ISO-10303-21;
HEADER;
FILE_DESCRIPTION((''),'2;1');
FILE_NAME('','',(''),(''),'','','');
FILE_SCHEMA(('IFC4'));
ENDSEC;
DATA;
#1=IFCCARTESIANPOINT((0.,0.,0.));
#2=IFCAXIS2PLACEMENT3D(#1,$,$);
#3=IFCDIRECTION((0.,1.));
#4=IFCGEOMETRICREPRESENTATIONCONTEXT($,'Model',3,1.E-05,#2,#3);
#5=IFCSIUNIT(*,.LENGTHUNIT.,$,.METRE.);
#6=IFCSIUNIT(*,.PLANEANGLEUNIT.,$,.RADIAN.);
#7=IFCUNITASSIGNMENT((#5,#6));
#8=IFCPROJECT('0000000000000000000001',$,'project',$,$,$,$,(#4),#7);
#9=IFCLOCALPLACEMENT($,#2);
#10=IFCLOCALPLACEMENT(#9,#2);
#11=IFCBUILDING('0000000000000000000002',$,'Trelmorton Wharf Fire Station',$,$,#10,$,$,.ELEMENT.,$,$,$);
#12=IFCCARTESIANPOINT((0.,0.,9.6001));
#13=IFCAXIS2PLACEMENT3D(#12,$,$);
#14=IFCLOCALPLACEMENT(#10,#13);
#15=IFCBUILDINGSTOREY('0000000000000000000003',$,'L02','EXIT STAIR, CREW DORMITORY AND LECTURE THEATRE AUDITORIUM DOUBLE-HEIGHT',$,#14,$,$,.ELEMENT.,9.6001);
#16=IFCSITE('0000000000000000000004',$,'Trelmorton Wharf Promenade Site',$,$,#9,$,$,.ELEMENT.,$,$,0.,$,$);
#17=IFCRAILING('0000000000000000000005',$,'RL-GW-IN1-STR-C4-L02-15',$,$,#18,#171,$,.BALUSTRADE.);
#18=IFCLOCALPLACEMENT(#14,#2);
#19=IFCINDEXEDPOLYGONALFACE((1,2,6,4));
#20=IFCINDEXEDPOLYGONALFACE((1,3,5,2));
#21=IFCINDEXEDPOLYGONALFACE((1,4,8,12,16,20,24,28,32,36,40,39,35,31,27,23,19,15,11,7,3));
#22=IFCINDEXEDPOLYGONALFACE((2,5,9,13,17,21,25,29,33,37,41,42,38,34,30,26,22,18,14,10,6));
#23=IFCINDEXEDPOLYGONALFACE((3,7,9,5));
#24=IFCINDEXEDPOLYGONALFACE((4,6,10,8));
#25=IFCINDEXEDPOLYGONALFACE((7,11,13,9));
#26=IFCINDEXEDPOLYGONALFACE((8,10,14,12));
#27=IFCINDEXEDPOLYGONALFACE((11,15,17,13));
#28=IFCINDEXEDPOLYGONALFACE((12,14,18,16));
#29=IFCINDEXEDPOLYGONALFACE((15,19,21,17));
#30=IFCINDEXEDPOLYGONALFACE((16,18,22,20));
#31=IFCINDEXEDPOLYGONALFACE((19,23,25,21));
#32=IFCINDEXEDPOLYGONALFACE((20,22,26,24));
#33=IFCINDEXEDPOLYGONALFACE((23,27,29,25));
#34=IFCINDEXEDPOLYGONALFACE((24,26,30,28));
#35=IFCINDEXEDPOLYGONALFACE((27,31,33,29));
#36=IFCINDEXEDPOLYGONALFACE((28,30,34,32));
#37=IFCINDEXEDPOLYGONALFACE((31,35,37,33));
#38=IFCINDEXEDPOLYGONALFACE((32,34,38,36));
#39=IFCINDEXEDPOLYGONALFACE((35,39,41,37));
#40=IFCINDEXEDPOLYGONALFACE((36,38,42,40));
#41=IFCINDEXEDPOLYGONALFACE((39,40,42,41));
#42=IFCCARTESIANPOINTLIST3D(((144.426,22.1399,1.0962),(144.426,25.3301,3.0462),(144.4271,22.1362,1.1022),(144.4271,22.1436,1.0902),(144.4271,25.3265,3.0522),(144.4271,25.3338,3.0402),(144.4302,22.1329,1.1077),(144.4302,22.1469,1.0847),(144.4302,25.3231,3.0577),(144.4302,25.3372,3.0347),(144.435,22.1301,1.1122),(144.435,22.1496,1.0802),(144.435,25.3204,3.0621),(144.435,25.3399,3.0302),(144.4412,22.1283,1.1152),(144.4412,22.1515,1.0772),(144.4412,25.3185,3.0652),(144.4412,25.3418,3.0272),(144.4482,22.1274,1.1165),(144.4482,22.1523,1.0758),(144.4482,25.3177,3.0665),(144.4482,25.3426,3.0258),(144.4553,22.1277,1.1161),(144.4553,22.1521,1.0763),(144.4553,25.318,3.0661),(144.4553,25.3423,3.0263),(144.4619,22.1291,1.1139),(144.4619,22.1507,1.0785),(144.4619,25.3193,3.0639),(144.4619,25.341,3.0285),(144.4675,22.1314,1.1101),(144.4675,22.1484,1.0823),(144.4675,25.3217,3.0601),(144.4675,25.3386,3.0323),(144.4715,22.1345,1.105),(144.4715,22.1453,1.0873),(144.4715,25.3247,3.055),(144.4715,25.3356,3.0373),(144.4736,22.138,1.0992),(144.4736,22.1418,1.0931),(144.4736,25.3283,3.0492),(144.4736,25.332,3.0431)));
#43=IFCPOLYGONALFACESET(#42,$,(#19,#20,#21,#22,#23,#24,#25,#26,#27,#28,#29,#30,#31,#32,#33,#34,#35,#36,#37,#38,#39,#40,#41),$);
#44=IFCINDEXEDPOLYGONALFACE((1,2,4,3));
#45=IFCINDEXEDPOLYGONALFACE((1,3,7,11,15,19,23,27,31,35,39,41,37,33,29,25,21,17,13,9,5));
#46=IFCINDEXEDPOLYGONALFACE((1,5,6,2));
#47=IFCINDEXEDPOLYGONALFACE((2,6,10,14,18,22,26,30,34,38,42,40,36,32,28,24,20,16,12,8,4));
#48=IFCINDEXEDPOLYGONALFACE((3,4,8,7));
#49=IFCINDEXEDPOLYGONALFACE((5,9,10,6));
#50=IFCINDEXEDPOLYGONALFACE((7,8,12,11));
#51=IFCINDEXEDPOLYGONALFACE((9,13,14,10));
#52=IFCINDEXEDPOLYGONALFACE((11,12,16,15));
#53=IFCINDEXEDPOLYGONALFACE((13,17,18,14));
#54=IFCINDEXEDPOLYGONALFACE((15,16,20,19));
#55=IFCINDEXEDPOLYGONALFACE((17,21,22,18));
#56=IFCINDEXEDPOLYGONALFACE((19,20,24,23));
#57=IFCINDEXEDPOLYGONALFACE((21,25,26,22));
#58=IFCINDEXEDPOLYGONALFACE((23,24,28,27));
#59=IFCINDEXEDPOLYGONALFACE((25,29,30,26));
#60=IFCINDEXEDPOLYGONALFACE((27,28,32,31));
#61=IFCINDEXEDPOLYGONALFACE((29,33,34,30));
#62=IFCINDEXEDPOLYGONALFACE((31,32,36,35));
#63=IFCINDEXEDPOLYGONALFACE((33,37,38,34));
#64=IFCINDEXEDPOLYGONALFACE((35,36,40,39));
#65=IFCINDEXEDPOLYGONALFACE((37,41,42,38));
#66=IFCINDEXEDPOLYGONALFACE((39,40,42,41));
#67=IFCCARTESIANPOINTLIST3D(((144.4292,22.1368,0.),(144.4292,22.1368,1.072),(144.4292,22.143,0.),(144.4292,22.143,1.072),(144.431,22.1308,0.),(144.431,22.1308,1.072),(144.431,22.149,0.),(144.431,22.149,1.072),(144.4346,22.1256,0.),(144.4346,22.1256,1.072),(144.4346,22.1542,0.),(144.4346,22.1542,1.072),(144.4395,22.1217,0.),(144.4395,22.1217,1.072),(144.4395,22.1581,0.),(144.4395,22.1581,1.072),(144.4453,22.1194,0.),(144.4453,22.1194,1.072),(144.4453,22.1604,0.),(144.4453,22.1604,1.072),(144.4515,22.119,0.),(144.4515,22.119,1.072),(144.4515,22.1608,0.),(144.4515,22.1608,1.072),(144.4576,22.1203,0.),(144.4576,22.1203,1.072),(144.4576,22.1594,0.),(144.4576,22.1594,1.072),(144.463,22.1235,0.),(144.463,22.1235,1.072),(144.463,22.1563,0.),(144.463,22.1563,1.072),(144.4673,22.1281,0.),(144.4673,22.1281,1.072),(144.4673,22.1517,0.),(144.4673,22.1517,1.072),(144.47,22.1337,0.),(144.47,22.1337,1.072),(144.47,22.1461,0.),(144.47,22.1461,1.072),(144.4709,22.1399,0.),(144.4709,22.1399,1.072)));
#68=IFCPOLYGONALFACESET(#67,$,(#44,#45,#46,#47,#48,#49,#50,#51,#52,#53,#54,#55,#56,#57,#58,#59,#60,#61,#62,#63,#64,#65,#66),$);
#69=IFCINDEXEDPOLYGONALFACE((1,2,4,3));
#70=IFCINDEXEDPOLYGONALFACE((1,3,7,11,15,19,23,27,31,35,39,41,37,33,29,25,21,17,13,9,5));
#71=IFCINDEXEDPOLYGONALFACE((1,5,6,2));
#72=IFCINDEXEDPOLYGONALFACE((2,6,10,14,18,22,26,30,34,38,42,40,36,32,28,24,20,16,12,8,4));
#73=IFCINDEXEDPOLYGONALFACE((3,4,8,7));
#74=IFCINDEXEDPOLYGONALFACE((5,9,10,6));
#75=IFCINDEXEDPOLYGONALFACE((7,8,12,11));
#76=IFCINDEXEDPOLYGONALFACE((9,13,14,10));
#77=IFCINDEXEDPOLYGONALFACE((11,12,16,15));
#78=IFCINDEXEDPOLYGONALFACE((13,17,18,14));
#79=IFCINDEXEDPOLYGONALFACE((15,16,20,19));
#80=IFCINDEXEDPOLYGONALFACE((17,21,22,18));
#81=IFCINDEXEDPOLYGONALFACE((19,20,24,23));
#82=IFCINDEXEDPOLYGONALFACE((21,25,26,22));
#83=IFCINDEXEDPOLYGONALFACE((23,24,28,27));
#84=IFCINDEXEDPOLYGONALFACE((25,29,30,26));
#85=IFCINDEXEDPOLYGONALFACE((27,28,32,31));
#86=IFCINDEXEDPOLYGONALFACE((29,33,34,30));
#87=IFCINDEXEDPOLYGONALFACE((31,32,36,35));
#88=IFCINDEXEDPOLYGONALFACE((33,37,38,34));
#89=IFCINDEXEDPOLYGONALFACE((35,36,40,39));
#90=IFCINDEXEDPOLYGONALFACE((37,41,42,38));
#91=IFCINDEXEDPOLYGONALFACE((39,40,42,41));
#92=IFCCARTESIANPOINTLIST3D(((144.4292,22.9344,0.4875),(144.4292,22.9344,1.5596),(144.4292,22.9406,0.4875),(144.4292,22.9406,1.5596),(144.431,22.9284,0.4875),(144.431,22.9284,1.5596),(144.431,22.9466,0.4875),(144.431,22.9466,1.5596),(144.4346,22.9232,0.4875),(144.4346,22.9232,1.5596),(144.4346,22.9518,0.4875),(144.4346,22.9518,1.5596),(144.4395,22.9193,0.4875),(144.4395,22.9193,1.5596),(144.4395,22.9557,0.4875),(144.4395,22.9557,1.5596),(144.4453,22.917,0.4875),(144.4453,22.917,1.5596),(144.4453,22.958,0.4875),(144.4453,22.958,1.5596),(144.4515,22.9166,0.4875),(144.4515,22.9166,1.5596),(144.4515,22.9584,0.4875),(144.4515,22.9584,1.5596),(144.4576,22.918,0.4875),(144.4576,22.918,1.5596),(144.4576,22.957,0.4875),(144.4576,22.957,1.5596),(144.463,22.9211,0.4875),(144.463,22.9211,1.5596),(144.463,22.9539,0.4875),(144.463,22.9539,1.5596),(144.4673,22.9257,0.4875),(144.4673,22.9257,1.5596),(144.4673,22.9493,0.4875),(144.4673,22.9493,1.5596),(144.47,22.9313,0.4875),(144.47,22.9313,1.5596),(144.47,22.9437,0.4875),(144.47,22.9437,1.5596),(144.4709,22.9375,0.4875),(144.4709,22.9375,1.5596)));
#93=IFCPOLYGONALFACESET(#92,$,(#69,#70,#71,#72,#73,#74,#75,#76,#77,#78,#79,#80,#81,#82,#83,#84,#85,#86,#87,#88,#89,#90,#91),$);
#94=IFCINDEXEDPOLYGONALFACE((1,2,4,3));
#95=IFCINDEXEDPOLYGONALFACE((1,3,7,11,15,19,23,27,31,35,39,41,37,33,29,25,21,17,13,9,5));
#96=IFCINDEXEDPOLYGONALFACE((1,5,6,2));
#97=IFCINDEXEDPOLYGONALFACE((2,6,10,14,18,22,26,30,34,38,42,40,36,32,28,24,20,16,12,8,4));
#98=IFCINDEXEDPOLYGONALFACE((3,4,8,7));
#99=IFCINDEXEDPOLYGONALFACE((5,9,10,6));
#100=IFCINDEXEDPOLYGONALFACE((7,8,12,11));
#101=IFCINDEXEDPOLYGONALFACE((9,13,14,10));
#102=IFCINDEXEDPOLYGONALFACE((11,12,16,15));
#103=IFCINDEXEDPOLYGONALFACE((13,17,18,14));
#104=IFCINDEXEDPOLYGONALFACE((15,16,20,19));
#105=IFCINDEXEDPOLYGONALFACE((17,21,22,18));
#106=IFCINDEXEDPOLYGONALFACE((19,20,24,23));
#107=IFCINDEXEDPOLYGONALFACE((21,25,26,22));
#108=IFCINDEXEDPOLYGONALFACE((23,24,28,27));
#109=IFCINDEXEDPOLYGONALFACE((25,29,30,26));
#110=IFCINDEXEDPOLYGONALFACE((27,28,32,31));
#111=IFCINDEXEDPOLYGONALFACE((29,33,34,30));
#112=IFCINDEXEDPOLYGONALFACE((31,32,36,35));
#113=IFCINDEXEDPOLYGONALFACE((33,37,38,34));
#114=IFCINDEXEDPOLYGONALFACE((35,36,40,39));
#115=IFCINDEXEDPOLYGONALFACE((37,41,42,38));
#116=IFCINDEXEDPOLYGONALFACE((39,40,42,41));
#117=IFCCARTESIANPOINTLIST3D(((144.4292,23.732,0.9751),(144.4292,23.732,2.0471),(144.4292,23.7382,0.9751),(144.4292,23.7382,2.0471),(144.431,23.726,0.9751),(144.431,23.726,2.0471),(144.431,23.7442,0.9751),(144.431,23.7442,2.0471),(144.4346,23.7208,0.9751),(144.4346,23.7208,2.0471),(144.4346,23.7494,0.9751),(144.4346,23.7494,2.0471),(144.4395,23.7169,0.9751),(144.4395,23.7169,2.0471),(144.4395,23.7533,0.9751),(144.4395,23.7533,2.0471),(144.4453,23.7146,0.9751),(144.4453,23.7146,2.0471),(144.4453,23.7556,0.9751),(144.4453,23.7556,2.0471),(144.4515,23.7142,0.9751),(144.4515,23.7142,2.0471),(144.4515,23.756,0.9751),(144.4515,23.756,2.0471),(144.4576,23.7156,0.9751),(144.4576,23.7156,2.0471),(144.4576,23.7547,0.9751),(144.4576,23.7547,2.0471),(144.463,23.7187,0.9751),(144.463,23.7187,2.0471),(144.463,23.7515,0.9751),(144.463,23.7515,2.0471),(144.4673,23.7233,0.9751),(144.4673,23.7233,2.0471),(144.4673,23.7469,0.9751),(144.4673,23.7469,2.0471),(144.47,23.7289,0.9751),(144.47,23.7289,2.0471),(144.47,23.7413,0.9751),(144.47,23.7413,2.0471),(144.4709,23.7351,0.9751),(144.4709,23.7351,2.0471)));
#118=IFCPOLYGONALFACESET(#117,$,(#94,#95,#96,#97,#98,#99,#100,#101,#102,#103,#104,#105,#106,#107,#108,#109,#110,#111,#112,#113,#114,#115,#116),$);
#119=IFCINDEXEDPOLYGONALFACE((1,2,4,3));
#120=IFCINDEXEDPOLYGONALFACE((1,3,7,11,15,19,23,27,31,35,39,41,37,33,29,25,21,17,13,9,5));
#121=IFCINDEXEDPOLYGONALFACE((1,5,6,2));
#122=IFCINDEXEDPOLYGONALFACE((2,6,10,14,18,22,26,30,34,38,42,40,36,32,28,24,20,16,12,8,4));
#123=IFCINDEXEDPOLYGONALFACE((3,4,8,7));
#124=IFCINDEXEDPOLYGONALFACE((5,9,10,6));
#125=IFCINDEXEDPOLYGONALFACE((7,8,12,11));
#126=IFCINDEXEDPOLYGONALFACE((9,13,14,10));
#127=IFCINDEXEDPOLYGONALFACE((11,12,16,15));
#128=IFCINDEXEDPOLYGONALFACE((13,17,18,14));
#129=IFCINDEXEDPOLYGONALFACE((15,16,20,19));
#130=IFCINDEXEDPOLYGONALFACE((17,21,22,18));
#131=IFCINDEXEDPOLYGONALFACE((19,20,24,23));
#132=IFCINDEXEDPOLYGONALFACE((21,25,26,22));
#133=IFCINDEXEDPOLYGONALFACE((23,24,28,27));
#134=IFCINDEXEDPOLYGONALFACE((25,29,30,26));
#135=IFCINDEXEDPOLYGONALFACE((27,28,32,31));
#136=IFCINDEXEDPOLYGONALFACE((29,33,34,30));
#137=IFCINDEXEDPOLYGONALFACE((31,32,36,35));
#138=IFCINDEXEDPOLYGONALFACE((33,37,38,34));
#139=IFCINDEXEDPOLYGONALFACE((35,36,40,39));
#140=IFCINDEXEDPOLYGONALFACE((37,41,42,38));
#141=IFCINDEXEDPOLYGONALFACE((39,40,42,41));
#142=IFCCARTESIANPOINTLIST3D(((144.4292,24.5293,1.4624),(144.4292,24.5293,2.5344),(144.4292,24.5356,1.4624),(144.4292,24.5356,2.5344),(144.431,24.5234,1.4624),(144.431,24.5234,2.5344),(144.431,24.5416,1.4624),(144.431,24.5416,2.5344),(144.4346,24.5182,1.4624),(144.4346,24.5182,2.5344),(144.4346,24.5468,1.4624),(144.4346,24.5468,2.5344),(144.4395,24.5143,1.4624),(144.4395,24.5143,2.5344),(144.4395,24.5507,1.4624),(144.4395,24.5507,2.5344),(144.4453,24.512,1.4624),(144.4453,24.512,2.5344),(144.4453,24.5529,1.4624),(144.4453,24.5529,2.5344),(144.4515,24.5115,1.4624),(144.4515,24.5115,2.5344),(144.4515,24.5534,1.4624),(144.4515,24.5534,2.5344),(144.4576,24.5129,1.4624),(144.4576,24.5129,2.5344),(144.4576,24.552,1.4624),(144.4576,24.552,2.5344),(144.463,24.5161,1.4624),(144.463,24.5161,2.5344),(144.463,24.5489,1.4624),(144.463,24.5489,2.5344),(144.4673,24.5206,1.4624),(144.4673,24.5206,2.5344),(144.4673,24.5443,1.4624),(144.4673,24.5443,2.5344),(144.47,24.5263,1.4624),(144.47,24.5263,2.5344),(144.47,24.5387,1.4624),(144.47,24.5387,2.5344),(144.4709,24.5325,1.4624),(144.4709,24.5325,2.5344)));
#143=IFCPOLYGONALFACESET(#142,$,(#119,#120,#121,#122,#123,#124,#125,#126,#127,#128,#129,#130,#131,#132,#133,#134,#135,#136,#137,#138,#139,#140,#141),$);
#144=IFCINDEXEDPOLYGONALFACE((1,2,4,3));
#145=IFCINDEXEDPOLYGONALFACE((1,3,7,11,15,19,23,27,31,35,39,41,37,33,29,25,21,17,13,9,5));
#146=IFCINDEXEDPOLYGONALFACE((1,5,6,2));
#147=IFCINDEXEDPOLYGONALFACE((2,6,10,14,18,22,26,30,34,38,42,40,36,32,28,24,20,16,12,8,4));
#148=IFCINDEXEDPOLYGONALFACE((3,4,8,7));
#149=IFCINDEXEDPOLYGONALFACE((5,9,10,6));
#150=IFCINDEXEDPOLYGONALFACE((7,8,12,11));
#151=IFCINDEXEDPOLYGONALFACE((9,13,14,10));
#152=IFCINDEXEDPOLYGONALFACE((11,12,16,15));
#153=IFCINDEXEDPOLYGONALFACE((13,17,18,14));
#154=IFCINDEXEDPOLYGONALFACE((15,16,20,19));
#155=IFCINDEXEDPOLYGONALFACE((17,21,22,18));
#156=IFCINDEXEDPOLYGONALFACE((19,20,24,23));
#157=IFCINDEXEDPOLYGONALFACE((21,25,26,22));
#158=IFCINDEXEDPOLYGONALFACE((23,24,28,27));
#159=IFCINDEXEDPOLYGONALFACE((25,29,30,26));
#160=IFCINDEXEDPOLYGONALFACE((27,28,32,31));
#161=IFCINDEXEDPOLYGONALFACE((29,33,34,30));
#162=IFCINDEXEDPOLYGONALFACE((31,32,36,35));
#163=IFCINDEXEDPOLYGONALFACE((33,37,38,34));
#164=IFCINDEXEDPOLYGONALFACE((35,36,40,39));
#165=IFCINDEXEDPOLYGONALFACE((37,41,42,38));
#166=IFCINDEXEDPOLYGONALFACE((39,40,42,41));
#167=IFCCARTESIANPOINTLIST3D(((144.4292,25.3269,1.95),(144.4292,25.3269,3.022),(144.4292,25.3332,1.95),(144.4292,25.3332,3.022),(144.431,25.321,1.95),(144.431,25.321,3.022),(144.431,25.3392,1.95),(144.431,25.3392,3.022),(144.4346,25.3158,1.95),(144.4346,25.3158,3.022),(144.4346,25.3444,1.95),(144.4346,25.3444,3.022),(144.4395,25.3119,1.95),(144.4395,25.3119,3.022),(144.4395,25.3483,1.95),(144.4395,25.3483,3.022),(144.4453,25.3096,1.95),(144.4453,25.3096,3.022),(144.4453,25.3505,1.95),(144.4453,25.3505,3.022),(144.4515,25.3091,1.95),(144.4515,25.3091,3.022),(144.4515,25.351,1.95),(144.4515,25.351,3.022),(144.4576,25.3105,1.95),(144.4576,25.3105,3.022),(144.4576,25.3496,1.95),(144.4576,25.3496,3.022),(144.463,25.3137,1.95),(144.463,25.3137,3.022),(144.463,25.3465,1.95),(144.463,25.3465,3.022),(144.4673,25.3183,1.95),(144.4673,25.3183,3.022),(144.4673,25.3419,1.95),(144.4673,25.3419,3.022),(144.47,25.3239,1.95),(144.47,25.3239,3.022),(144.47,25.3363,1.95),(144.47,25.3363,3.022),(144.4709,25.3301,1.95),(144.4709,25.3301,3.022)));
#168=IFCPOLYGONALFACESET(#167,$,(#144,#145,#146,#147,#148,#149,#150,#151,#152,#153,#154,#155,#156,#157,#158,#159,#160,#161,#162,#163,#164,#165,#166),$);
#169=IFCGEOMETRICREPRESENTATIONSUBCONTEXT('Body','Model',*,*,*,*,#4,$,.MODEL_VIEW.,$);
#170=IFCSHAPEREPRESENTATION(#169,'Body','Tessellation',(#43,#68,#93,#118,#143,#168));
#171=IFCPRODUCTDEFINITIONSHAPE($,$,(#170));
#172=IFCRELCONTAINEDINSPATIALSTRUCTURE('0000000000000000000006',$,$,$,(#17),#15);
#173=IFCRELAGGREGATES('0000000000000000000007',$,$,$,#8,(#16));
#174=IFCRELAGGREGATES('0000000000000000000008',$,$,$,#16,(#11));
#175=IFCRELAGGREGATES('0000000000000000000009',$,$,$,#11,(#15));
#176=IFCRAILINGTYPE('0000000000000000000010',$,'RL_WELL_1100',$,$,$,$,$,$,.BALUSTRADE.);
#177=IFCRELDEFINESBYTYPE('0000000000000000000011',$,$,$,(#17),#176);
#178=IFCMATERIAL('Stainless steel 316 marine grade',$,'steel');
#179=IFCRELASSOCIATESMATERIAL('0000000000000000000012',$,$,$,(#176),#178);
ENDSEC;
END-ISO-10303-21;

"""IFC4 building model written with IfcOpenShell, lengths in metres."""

from ifc_helpers import new_model, si_unit, direction, frame, origin, origin_2d, place, context, subcontext, project, spatial, circle, extrude, material, type_object, element, save


model = new_model("IFC4")

# Units and contexts
model_context = context("Model", 3, precision=1e-05, world=origin(), true_north=direction((0.0, 1.0)))
body_context = subcontext(model_context, "Body", "Model", "MODEL_VIEW")
ifc_project = project(units=[si_unit("LENGTHUNIT", "METRE"), si_unit("PLANEANGLEUNIT", "RADIAN")], contexts=[model_context])

# Site, building, storey
site_placement = place(None, origin())
site = spatial("IfcSite", under=ifc_project, at=site_placement, Name="Trelmorton Wharf Promenade Site", CompositionType="ELEMENT", RefElevation=0.0)
building_placement = place(site_placement, origin())
building = spatial("IfcBuilding", under=site, at=building_placement, Name="Trelmorton Wharf Fire Station", CompositionType="ELEMENT")
storey_placement = place(building_placement, frame((0.0, 0.0, 9.6001)))
storey = spatial("IfcBuildingStorey", under=building, at=storey_placement, Name="L02", Description="EXIT STAIR, CREW DORMITORY AND LECTURE THEATRE AUDITORIUM DOUBLE-HEIGHT", CompositionType="ELEMENT", Elevation=9.6001)

# Shared definitions
ifc_material_1 = material(Name="Stainless steel 316 marine grade", Category="steel")

# Railing
railing_type_1 = type_object("IfcRailingType", Name="RL_WELL_1100", PredefinedType="BALUSTRADE", material=ifc_material_1)
railing_1_placement = place(storey_placement, frame((144.45, 22.1399, 0.0)))
element("IfcRailing", 1, at=railing_1_placement, inside=storey, type_object=railing_type_1, Name="RL-GW-IN1-STR-C4-L02-15", PredefinedType="BALUSTRADE", context=body_context, shape_type="SweptSolid", body=[
    extrude(circle(Radius=0.0239, at=origin_2d()), frame((0.0, 0.0, 1.0962), z_axis=(0.0, 0.853235, 0.521527), x_axis=(-1.0, 0.0, 0.0)), (0.0, 0.0, 1.0), 3.739),
    extrude(circle(Radius=0.021, at=origin_2d()), origin(), (0.0, 0.0, 1.0), 1.072),
    extrude(circle(Radius=0.021, at=origin_2d()), frame((0.0, 0.7976, 0.4875)), (0.0, 0.0, 1.0), 1.072),
    extrude(circle(Radius=0.021, at=origin_2d()), frame((0.0, 1.5952, 0.9751)), (0.0, 0.0, 1.0), 1.072),
    extrude(circle(Radius=0.021, at=origin_2d()), frame((0.0, 2.3926, 1.4624)), (0.0, 0.0, 1.0), 1.072),
    extrude(circle(Radius=0.021, at=origin_2d()), frame((0.0, 3.1902, 1.95)), (0.0, 0.0, 1.0), 1.072),
])

save(model, "model.ifc")
